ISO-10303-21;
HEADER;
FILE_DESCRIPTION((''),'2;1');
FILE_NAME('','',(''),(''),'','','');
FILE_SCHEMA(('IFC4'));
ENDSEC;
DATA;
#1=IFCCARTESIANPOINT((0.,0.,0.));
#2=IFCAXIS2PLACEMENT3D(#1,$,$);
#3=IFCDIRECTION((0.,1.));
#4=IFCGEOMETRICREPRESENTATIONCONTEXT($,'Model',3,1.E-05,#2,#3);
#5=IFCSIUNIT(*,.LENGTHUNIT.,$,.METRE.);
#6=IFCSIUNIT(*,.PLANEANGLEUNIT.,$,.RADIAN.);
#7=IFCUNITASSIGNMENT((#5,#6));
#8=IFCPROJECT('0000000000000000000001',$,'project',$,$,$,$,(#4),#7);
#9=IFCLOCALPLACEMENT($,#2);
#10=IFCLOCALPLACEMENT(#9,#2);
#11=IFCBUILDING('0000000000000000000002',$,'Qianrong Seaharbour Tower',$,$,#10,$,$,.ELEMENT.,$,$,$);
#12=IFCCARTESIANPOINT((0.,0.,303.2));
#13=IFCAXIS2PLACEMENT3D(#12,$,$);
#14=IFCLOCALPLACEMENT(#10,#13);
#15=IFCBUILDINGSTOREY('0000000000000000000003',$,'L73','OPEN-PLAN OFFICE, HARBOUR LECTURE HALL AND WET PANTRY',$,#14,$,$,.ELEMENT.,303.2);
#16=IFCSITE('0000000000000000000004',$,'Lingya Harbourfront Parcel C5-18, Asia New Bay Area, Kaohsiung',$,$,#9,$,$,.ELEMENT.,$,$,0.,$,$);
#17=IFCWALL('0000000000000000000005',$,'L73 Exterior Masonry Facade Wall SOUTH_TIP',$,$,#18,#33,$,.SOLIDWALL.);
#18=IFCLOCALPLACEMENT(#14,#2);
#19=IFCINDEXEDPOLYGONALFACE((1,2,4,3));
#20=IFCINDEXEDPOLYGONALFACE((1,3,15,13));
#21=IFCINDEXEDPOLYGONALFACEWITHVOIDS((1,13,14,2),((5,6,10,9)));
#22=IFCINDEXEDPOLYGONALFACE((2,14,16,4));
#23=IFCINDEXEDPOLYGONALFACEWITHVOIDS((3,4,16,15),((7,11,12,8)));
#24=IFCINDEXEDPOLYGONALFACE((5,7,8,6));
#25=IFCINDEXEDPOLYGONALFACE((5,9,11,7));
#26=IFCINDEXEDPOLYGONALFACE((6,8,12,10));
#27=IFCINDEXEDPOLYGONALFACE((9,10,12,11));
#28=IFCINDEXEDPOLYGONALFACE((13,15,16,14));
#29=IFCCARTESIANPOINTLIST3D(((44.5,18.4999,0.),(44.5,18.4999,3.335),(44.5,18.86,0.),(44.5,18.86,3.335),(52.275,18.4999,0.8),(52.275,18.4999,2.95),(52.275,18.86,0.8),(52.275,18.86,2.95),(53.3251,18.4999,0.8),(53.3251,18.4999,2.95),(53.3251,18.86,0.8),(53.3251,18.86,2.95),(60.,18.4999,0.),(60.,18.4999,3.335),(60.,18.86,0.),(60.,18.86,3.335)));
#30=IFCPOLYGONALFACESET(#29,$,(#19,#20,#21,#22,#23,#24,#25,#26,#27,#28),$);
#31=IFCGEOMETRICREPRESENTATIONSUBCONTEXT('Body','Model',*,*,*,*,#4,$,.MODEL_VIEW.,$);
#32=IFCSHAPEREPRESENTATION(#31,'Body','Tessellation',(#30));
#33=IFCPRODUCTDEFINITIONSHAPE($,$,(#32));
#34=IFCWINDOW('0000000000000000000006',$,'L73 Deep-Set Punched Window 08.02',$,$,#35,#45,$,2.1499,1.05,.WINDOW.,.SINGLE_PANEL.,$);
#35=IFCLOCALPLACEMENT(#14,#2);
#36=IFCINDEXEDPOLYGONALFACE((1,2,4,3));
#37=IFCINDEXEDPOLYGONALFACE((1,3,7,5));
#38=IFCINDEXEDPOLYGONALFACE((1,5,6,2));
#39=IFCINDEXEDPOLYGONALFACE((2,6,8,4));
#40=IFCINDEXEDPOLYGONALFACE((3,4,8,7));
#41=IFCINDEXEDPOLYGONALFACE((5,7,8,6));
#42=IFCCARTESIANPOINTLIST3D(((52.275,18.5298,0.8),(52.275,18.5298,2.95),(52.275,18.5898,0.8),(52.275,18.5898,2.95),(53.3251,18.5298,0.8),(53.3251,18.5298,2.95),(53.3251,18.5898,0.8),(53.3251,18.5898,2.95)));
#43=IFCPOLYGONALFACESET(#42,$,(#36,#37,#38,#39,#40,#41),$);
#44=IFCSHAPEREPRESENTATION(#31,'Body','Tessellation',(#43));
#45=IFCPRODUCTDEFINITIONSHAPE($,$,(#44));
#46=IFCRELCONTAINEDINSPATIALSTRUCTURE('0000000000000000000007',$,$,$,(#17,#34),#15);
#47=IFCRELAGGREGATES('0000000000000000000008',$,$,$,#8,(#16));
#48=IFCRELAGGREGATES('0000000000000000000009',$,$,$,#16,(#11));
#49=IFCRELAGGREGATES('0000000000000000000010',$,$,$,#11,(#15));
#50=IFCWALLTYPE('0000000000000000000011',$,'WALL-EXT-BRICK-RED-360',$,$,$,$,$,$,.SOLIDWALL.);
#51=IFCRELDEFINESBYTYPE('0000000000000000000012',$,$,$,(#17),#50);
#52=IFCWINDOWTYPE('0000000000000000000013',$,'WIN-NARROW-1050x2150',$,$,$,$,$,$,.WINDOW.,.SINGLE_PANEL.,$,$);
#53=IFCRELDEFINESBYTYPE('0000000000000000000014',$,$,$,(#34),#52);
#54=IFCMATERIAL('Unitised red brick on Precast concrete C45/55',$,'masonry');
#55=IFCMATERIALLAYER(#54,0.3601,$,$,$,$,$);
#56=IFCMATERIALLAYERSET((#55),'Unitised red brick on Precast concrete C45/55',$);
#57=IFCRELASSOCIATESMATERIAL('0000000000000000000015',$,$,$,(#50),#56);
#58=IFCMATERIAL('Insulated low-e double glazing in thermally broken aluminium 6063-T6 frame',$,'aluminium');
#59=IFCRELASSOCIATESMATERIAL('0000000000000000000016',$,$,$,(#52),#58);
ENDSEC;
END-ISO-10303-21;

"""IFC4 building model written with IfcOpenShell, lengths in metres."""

from ifc_helpers import new_model, si_unit, direction, frame, frame_2d, origin, place, context, subcontext, project, spatial, rectangle, extrude, material, layer, layer_set, type_object, element, fill, save


model = new_model("IFC4")

# Units and contexts
model_context = context("Model", 3, precision=1e-05, world=origin(), true_north=direction((0.0, 1.0)))
body_context = subcontext(model_context, "Body", "Model", "MODEL_VIEW")
ifc_project = project(units=[si_unit("LENGTHUNIT", "METRE"), si_unit("PLANEANGLEUNIT", "RADIAN")], contexts=[model_context])

# Site, building, storey
site_placement = place(None, origin())
site = spatial("IfcSite", under=ifc_project, at=site_placement, Name="Lingya Harbourfront Parcel C5-18, Asia New Bay Area, Kaohsiung", CompositionType="ELEMENT", RefElevation=0.0)
building_placement = place(site_placement, origin())
building = spatial("IfcBuilding", under=site, at=building_placement, Name="Qianrong Seaharbour Tower", CompositionType="ELEMENT")
storey_placement = place(building_placement, frame((0.0, 0.0, 303.2)))
storey = spatial("IfcBuildingStorey", under=building, at=storey_placement, Name="L73", Description="OPEN-PLAN OFFICE, HARBOUR LECTURE HALL AND WET PANTRY", CompositionType="ELEMENT", Elevation=303.2)

# Shared definitions
ifc_material_1 = material(Name="Unitised red brick on Precast concrete C45/55", Category="masonry")
ifc_layer_1 = layer(ifc_material_1, 0.3601)
ifc_layer_set_1 = layer_set([ifc_layer_1], Name="Unitised red brick on Precast concrete C45/55")
wall_type_1 = type_object("IfcWallType", Name="WALL-EXT-BRICK-RED-360", PredefinedType="SOLIDWALL", material=ifc_layer_set_1)
ifc_material_2 = material(Name="Insulated low-e double glazing in thermally broken aluminium 6063-T6 frame", Category="aluminium")
window_type = type_object("IfcWindowType", Name="WIN-NARROW-1050x2150", PartitioningType="SINGLE_PANEL", PredefinedType="WINDOW", material=ifc_material_2)

# Wall, opening, window
wall_1_placement = place(storey_placement, frame((60.0, 18.6799, 0.0), z_axis=(0.0, 0.0, 1.0), x_axis=(-1.0, 0.0, 0.0)))
wall_1 = element("IfcWall", 1, at=wall_1_placement, inside=storey, type_object=wall_type_1, Name="L73 Exterior Masonry Facade Wall SOUTH_TIP", PredefinedType="SOLIDWALL", context=body_context, shape_type="SweptSolid", body=[
    extrude(rectangle(XDim=15.5, YDim=0.3601, at=frame_2d((7.75, 0.0))), origin(), (0.0, 0.0, 1.0), 3.335),
])
opening_1_placement = place(wall_1_placement, frame((6.675, 0.0, 0.8)))
opening_1 = element("IfcOpeningElement", 2, at=opening_1_placement, cuts=wall_1, PredefinedType="OPENING", context=body_context, shape_type="SweptSolid", body=[
    extrude(rectangle(XDim=1.05, YDim=2.1499, at=frame_2d((0.5249, 1.075))), frame((0.0, 0.1899, 0.0), z_axis=(0.0, -1.0, 0.0), x_axis=(1.0, 0.0, 0.0)), (0.0, 0.0, 1.0), 0.3801),
])
window_1_placement = place(opening_1_placement, origin())
window_1 = element("IfcWindow", 3, at=window_1_placement, inside=storey, type_object=window_type, Name="L73 Deep-Set Punched Window 08.02", OverallHeight=2.1499, OverallWidth=1.05, PartitioningType="SINGLE_PANEL", PredefinedType="WINDOW", context=body_context, shape_type="SweptSolid", body=[
    extrude(rectangle(XDim=1.05, YDim=2.1499, at=frame_2d((0.5249, 1.075))), frame((0.0, 0.1501, 0.0), z_axis=(0.0, -1.0, 0.0), x_axis=(1.0, 0.0, 0.0)), (0.0, 0.0, 1.0), 0.0601),
])
fill(opening_1, window_1)

save(model, "model.ifc")
